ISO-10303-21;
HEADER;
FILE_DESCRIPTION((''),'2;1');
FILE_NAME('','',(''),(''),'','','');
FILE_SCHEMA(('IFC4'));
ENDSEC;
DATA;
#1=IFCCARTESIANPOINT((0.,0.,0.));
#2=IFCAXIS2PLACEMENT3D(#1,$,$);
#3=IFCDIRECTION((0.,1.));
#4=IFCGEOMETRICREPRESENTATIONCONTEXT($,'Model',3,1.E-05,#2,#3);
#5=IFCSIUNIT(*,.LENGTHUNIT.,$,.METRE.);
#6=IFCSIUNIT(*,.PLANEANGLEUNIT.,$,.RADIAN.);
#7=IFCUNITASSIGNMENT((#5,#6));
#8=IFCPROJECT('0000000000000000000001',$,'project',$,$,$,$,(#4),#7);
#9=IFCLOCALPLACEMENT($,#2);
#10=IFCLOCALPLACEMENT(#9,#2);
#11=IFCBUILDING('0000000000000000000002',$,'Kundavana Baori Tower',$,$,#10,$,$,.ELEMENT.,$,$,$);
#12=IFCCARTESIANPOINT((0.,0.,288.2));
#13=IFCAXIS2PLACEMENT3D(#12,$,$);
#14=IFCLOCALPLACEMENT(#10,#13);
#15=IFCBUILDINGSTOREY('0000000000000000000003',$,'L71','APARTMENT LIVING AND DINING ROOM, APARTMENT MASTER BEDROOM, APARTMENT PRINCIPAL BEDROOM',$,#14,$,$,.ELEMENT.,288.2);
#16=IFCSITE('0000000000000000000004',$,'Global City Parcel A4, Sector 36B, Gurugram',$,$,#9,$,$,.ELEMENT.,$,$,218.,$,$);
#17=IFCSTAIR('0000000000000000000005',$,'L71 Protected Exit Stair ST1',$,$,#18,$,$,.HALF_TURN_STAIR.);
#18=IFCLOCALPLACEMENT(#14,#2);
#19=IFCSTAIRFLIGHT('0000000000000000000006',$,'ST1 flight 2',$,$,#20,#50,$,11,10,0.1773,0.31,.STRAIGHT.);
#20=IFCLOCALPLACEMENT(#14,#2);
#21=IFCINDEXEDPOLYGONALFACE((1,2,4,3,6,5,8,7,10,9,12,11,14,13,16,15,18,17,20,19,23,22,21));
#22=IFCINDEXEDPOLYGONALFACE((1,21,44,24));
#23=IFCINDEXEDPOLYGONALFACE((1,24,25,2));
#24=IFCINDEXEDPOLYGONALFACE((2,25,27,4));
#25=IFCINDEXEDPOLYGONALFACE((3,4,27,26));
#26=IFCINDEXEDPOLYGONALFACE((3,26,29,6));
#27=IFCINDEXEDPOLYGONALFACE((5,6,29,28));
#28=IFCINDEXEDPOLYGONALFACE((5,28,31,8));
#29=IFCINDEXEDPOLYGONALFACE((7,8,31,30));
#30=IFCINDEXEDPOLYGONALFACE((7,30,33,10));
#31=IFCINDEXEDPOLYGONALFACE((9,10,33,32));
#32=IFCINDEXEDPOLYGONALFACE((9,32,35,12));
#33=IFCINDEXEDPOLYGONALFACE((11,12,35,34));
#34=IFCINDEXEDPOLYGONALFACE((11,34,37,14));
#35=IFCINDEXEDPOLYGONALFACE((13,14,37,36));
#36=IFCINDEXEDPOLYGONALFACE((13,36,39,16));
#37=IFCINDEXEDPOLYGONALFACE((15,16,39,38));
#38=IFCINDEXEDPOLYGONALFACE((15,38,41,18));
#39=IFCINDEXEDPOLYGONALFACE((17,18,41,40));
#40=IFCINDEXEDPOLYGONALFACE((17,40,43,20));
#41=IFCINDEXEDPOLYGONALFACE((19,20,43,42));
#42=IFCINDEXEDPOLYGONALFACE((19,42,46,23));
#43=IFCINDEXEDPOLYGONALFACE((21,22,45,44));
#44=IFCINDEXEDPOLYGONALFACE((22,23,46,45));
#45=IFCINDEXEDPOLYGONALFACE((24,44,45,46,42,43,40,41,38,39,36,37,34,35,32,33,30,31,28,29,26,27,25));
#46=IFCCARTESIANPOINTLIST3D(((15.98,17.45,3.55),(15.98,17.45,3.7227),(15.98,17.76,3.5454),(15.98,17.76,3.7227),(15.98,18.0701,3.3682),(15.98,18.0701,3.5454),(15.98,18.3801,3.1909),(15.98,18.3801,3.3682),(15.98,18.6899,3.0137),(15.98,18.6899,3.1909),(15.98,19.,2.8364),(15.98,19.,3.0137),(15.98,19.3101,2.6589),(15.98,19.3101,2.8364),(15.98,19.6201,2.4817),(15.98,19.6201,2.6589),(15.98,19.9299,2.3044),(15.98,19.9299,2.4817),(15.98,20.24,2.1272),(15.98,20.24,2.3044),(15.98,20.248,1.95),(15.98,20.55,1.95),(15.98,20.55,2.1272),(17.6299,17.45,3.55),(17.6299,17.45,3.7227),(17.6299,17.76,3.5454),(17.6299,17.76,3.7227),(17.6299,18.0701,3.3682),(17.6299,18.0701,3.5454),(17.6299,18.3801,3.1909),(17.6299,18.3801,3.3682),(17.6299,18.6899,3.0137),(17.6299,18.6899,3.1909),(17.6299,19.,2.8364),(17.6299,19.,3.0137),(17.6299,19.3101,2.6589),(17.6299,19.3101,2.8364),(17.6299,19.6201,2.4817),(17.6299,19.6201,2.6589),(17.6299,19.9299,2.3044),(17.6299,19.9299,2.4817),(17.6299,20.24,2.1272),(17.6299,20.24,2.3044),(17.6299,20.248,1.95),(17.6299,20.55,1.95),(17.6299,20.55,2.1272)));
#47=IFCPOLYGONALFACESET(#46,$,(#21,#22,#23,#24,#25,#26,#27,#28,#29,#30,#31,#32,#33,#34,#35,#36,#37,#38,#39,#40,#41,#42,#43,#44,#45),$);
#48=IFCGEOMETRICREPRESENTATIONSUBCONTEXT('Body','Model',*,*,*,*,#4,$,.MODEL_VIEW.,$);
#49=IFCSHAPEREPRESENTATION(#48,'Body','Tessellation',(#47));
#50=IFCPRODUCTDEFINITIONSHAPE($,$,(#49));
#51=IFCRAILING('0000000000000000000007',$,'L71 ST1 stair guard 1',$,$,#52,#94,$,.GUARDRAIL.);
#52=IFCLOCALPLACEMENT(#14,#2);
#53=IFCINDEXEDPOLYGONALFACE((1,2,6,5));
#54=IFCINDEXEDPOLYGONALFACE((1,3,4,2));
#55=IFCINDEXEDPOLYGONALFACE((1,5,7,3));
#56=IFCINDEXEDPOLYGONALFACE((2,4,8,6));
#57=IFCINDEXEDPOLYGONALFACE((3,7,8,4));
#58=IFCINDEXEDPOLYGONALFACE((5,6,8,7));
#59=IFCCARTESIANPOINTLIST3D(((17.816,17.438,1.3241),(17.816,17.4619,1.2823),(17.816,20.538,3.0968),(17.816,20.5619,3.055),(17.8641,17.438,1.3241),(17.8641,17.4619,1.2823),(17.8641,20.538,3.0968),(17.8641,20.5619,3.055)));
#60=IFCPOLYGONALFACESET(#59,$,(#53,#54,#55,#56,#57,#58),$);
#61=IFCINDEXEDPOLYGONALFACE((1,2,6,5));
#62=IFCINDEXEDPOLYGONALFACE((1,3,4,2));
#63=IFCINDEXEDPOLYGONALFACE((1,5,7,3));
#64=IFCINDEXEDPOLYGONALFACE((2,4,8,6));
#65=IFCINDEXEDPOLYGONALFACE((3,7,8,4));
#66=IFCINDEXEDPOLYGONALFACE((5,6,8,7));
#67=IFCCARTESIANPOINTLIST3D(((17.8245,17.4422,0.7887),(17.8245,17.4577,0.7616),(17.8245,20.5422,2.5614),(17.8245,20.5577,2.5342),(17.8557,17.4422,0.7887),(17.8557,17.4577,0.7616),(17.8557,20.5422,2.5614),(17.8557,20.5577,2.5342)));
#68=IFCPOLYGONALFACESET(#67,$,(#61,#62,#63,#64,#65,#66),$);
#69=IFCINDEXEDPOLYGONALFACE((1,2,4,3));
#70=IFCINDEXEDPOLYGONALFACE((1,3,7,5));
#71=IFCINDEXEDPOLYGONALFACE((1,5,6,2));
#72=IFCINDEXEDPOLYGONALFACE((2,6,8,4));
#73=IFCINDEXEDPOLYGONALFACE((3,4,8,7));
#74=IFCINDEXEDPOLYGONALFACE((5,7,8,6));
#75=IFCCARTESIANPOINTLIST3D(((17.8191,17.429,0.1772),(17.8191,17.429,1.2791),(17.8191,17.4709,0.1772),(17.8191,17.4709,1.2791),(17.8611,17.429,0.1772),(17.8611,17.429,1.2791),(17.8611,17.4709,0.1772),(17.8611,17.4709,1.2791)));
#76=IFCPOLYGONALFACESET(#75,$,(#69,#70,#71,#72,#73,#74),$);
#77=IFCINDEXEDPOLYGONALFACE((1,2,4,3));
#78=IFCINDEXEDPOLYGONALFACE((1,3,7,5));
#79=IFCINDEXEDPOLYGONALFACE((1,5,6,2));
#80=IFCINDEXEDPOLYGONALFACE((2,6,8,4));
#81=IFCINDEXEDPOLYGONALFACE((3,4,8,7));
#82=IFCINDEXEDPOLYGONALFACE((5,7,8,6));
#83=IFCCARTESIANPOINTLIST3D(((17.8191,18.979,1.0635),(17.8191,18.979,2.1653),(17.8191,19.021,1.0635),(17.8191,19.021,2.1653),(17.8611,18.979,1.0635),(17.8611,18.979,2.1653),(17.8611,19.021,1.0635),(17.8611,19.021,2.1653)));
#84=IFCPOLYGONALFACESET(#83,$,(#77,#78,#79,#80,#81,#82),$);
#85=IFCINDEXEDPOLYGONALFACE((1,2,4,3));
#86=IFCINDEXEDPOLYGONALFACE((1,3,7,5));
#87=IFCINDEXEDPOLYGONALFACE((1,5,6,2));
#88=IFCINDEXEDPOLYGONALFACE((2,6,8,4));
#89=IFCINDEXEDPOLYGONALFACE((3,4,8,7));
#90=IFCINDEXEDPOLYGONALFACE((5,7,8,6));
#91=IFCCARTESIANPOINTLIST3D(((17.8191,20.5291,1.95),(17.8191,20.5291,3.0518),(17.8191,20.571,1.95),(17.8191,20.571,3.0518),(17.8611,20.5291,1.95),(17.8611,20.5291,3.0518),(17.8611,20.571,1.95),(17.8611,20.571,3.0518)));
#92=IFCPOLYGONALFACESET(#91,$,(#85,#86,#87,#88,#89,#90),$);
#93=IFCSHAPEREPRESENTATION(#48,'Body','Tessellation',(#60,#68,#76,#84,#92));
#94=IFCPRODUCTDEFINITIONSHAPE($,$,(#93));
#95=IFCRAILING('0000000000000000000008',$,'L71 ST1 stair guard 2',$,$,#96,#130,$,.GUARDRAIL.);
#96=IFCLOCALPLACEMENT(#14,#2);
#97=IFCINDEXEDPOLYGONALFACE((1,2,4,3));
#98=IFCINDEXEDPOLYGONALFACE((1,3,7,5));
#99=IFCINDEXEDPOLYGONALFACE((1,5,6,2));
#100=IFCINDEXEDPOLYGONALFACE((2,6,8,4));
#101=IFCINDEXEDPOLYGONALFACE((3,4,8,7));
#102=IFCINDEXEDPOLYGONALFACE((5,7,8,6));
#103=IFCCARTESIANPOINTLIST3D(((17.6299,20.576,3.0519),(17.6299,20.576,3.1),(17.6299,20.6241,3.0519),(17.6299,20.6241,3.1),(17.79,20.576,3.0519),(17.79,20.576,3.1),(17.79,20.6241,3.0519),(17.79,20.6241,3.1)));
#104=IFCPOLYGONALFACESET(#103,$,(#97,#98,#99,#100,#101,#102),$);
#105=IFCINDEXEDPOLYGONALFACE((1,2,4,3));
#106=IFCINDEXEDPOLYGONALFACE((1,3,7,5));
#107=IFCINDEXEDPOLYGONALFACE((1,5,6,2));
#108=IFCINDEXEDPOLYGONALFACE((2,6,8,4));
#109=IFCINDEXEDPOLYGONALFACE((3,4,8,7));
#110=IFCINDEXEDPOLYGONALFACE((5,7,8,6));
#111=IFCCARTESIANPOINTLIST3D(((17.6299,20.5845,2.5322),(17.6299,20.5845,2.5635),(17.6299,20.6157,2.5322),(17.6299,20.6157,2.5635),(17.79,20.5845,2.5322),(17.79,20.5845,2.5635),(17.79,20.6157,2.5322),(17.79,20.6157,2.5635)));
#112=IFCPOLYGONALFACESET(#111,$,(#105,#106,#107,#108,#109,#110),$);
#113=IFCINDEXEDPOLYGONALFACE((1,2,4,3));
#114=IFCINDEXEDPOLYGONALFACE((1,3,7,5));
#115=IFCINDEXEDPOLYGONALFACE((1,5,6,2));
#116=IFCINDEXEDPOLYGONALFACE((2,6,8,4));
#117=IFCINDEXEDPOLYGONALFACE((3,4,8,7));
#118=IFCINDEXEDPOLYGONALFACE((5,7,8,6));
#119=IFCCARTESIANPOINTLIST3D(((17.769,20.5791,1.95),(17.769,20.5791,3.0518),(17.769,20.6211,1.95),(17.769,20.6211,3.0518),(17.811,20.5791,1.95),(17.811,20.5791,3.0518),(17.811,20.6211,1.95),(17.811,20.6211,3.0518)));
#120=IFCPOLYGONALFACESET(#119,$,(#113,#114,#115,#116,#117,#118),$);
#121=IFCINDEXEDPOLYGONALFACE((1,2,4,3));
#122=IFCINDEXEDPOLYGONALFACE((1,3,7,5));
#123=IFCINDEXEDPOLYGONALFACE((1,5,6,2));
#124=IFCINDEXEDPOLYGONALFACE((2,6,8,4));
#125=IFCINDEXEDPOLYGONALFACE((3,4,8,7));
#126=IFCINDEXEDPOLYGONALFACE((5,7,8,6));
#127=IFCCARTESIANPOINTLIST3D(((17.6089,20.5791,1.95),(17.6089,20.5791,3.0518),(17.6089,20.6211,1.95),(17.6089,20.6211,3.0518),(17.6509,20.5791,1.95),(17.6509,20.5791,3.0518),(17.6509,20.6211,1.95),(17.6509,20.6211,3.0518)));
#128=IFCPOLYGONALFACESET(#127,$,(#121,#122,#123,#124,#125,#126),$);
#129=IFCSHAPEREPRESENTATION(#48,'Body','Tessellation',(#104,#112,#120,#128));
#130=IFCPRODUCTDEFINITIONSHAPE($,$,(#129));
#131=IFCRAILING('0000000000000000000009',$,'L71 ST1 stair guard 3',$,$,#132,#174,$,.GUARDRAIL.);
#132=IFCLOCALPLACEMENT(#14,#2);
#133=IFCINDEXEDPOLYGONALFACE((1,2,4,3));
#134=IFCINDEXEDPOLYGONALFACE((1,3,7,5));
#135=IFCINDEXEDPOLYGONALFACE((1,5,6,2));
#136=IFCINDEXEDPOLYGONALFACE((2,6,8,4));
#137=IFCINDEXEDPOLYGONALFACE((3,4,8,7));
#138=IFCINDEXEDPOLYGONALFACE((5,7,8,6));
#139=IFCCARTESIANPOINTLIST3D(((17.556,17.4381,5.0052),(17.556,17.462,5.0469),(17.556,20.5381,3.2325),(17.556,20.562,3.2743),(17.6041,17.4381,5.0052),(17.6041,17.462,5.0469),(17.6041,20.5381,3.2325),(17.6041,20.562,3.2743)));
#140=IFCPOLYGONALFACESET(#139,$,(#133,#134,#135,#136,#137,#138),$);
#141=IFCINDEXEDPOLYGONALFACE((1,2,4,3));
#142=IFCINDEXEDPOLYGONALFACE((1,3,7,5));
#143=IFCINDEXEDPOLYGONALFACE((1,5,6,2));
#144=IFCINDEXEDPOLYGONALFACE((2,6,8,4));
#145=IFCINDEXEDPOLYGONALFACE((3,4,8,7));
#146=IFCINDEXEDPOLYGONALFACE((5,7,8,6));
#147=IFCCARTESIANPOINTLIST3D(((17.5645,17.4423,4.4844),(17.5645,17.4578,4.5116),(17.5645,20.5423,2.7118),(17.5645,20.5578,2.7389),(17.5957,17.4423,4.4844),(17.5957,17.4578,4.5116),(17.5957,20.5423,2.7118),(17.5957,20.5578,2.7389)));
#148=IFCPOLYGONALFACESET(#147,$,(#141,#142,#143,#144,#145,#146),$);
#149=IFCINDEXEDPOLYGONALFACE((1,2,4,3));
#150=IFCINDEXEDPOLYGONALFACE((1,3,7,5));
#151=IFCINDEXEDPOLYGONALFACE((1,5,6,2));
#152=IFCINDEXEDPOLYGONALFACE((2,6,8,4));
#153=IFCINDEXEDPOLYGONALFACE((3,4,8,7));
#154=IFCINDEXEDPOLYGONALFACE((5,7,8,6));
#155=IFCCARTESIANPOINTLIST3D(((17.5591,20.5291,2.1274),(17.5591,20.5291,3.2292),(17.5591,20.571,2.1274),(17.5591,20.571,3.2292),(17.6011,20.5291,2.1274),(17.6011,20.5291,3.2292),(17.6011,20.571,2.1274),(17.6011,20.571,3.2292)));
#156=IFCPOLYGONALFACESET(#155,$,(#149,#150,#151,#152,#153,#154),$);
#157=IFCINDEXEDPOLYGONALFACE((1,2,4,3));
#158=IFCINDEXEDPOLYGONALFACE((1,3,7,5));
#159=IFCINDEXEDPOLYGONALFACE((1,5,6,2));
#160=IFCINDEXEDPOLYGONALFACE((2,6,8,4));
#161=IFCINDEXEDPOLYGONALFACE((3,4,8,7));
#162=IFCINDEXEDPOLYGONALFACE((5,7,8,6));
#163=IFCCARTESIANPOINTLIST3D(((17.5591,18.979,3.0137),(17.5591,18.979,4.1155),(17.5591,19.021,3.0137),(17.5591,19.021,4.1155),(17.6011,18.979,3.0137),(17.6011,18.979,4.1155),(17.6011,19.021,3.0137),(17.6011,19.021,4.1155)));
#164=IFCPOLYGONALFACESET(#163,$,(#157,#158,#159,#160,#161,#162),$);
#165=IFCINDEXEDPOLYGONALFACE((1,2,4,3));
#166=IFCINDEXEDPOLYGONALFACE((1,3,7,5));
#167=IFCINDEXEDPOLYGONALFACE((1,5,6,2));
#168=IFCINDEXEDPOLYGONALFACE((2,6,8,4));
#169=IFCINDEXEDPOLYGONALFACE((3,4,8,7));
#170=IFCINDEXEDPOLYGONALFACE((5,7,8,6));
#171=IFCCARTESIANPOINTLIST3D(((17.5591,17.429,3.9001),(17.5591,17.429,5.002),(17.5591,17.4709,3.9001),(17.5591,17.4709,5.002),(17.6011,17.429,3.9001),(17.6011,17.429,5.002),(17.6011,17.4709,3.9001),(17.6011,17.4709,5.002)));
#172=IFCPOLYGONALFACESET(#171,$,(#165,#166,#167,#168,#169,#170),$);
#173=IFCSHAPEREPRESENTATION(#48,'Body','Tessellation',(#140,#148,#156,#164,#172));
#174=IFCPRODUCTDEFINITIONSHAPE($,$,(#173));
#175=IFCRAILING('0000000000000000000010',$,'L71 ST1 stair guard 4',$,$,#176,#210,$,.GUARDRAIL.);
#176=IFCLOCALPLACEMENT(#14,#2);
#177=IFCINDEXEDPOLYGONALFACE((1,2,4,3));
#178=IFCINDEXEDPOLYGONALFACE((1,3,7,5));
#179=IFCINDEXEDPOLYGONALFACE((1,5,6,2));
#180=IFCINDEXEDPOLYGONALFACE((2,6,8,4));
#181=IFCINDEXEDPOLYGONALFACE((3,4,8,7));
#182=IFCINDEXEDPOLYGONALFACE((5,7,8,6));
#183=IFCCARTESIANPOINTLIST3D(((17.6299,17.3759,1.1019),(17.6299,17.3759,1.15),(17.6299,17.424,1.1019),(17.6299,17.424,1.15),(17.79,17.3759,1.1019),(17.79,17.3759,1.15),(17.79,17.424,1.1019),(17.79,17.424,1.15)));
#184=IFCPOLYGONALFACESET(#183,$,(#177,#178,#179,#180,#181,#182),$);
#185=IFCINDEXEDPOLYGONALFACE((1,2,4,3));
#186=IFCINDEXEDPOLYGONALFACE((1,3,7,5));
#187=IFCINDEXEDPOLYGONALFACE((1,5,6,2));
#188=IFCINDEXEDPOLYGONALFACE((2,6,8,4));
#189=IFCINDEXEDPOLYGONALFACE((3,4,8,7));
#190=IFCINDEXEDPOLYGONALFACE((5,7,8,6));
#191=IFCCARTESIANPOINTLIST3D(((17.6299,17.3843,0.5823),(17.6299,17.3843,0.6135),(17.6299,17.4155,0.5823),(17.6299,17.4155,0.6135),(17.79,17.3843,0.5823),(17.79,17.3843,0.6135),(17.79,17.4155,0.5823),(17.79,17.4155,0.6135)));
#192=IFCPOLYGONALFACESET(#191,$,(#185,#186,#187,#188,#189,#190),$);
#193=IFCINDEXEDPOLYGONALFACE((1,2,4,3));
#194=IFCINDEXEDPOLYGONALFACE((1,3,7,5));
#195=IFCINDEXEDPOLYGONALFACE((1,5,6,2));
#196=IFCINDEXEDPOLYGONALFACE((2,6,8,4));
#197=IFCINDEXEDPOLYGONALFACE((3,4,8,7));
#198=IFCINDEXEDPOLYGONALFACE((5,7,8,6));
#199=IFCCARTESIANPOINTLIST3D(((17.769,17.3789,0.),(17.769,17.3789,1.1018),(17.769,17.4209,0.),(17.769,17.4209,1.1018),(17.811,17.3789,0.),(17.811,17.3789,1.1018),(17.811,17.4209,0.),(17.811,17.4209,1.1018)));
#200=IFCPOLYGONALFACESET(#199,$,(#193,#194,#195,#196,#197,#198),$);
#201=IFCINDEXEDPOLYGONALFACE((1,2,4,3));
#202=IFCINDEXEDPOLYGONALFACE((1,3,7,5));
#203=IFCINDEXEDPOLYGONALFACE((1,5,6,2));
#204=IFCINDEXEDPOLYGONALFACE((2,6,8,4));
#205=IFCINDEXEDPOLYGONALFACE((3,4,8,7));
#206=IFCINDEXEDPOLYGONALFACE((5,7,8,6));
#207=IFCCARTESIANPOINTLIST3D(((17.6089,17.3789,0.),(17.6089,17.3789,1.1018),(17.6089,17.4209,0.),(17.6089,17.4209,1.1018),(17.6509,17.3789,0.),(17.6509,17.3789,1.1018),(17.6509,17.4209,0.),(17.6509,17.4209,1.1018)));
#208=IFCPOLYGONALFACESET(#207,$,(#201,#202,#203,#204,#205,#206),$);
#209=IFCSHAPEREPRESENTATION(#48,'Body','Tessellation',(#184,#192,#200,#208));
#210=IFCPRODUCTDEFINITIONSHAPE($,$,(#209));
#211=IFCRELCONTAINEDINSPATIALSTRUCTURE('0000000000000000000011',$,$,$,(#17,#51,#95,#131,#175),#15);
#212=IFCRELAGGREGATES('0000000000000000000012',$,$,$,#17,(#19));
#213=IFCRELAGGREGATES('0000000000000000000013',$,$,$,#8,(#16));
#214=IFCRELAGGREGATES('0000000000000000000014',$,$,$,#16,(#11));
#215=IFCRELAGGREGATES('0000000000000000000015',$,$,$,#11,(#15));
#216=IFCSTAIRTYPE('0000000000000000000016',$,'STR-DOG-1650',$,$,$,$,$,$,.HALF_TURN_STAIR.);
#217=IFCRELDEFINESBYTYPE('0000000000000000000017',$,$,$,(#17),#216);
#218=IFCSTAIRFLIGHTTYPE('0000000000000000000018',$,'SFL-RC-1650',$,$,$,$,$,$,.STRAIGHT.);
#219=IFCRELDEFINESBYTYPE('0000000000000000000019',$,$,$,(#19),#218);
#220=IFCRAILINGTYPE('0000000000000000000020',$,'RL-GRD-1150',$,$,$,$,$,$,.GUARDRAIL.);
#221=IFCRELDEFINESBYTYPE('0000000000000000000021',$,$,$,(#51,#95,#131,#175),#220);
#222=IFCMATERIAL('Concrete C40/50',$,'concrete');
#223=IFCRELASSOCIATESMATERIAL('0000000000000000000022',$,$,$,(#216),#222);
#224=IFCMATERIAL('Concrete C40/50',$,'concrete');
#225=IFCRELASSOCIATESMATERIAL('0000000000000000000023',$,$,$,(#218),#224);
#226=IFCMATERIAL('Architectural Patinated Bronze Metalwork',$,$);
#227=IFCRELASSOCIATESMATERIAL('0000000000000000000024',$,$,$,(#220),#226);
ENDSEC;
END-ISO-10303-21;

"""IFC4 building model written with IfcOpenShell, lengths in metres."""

from ifc_helpers import new_model, si_unit, direction, frame, origin, origin_2d, place, context, subcontext, project, spatial, polyline, rectangle, outline, extrude, material, type_object, element, aggregate, save


model = new_model("IFC4")

# Units and contexts
model_context = context("Model", 3, precision=1e-05, world=origin(), true_north=direction((0.0, 1.0)))
body_context = subcontext(model_context, "Body", "Model", "MODEL_VIEW")
ifc_project = project(units=[si_unit("LENGTHUNIT", "METRE"), si_unit("PLANEANGLEUNIT", "RADIAN")], contexts=[model_context])

# Site, building, storey
site_placement = place(None, origin())
site = spatial("IfcSite", under=ifc_project, at=site_placement, Name="Global City Parcel A4, Sector 36B, Gurugram", CompositionType="ELEMENT", RefElevation=218.0)
building_placement = place(site_placement, origin())
building = spatial("IfcBuilding", under=site, at=building_placement, Name="Kundavana Baori Tower", CompositionType="ELEMENT")
storey_placement = place(building_placement, frame((0.0, 0.0, 288.2)))
storey = spatial("IfcBuildingStorey", under=building, at=storey_placement, Name="L71", Description="APARTMENT LIVING AND DINING ROOM, APARTMENT MASTER BEDROOM, APARTMENT PRINCIPAL BEDROOM", CompositionType="ELEMENT", Elevation=288.2)

# Stair, stair flight
ifc_material_1 = material(Name="Concrete C40/50", Category="concrete")
stair_type = type_object("IfcStairType", Name="STR-DOG-1650", PredefinedType="HALF_TURN_STAIR", material=ifc_material_1)
stair_placement = place(storey_placement, origin())
stair = element("IfcStair", 1, at=stair_placement, inside=storey, type_object=stair_type, Name="L71 Protected Exit Stair ST1", PredefinedType="HALF_TURN_STAIR")
ifc_material_2 = material(Name="Concrete C40/50", Category="concrete")
stair_flight_type = type_object("IfcStairFlightType", Name="SFL-RC-1650", PredefinedType="STRAIGHT", material=ifc_material_2)
stair_flight_1_placement = place(storey_placement, frame((16.8049, 20.55, 1.95), z_axis=(0.0, 0.0, 1.0), x_axis=(0.0, -1.0, 0.0)))
stair_flight_1 = element("IfcStairFlight", 2, at=stair_flight_1_placement, type_object=stair_flight_type, Name="ST1 flight 2", NumberOfRisers=11, NumberOfTreads=10, PredefinedType="STRAIGHT", RiserHeight=0.1773, TreadLength=0.31, context=body_context, shape_type="SweptSolid", body=[
    extrude(outline(polyline([(0.0, 0.0), (0.0, 0.1772), (0.3101, 0.1772), (0.3101, 0.3545), (0.6201, 0.3545), (0.6201, 0.5317), (0.9299, 0.5317), (0.9299, 0.709), (1.24, 0.709), (1.24, 0.8865), (1.55, 0.8865), (1.55, 1.0637), (1.8601, 1.0637), (1.8601, 1.241), (2.1699, 1.241), (2.1699, 1.4182), (2.48, 1.4182), (2.48, 1.5955), (2.79, 1.5955), (2.79, 1.7727), (3.1001, 1.7727), (3.1001, 1.95), (3.1001, 1.6001), (0.302, 0.0), (0.0, 0.0)])), frame((0.0, 0.825, 0.0), z_axis=(0.0, -1.0, 0.0), x_axis=(1.0, 0.0, 0.0)), (0.0, 0.0, 1.0), 1.6499),
])
aggregate(stair, [stair_flight_1])

# Railings
ifc_material_3 = material(Name="Architectural Patinated Bronze Metalwork")
railing_type_1 = type_object("IfcRailingType", Name="RL-GRD-1150", PredefinedType="GUARDRAIL", material=ifc_material_3)
railing_1_placement = place(storey_placement, frame((17.8401, 17.45, 0.1772)))
element("IfcRailing", 3, at=railing_1_placement, inside=storey, type_object=railing_type_1, Name="L71 ST1 stair guard 1", PredefinedType="GUARDRAIL", context=body_context, shape_type="SweptSolid", body=[
    extrude(rectangle(XDim=0.0481, YDim=0.0481, at=origin_2d()), frame((0.0, 0.0, 1.126), z_axis=(0.0, 0.868096, 0.496397), x_axis=(-1.0, 0.0, 0.0)), (0.0, 0.0, 1.0), 3.571),
    extrude(rectangle(XDim=0.0312, YDim=0.0312, at=origin_2d()), frame((0.0, 0.0, 0.5979), z_axis=(0.0, 0.868096, 0.496397), x_axis=(-1.0, 0.0, 0.0)), (0.0, 0.0, 1.0), 3.571),
    extrude(rectangle(XDim=0.042, YDim=0.042, at=origin_2d()), origin(), (0.0, 0.0, 1.0), 1.1018),
    extrude(rectangle(XDim=0.042, YDim=0.042, at=origin_2d()), frame((0.0, 1.55, 0.8862)), (0.0, 0.0, 1.0), 1.1018),
    extrude(rectangle(XDim=0.042, YDim=0.042, at=origin_2d()), frame((0.0, 3.1001, 1.7727)), (0.0, 0.0, 1.0), 1.1018),
])
railing_2_placement = place(storey_placement, frame((17.79, 20.6001, 1.95)))
element("IfcRailing", 4, at=railing_2_placement, inside=storey, type_object=railing_type_1, Name="L71 ST1 stair guard 2", PredefinedType="GUARDRAIL", context=body_context, shape_type="SweptSolid", body=[
    extrude(rectangle(XDim=0.0481, YDim=0.0481, at=origin_2d()), frame((0.0, 0.0, 1.126), z_axis=(-1.0, 0.0, 0.0), x_axis=(0.0, -1.0, 0.0)), (0.0, 0.0, 1.0), 0.1602),
    extrude(rectangle(XDim=0.0312, YDim=0.0312, at=origin_2d()), frame((0.0, 0.0, 0.5979), z_axis=(-1.0, 0.0, 0.0), x_axis=(0.0, -1.0, 0.0)), (0.0, 0.0, 1.0), 0.1602),
    extrude(rectangle(XDim=0.042, YDim=0.042, at=origin_2d()), origin(), (0.0, 0.0, 1.0), 1.1018),
    extrude(rectangle(XDim=0.042, YDim=0.042, at=origin_2d()), frame((-0.1602, 0.0, 0.0)), (0.0, 0.0, 1.0), 1.1018),
])
railing_3_placement = place(storey_placement, frame((17.5801, 20.55, 2.1274)))
element("IfcRailing", 5, at=railing_3_placement, inside=storey, type_object=railing_type_1, Name="L71 ST1 stair guard 3", PredefinedType="GUARDRAIL", context=body_context, shape_type="SweptSolid", body=[
    extrude(rectangle(XDim=0.0481, YDim=0.0481, at=origin_2d()), frame((0.0, 0.0, 1.126), z_axis=(0.0, -0.868096, 0.496397), x_axis=(1.0, 0.0, 0.0)), (0.0, 0.0, 1.0), 3.571),
    extrude(rectangle(XDim=0.0312, YDim=0.0312, at=origin_2d()), frame((0.0, 0.0, 0.5979), z_axis=(0.0, -0.868096, 0.496397), x_axis=(1.0, 0.0, 0.0)), (0.0, 0.0, 1.0), 3.571),
    extrude(rectangle(XDim=0.042, YDim=0.042, at=origin_2d()), origin(), (0.0, 0.0, 1.0), 1.1018),
    extrude(rectangle(XDim=0.042, YDim=0.042, at=origin_2d()), frame((0.0, -1.55, 0.8862)), (0.0, 0.0, 1.0), 1.1018),
    extrude(rectangle(XDim=0.042, YDim=0.042, at=origin_2d()), frame((0.0, -3.1001, 1.7727)), (0.0, 0.0, 1.0), 1.1018),
])
railing_4_placement = place(storey_placement, frame((17.79, 17.3999, 0.0)))
element("IfcRailing", 6, at=railing_4_placement, inside=storey, type_object=railing_type_1, Name="L71 ST1 stair guard 4", PredefinedType="GUARDRAIL", context=body_context, shape_type="SweptSolid", body=[
    extrude(rectangle(XDim=0.0481, YDim=0.0481, at=origin_2d()), frame((0.0, 0.0, 1.126), z_axis=(-1.0, 0.0, 0.0), x_axis=(0.0, -1.0, 0.0)), (0.0, 0.0, 1.0), 0.1602),
    extrude(rectangle(XDim=0.0312, YDim=0.0312, at=origin_2d()), frame((0.0, 0.0, 0.5979), z_axis=(-1.0, 0.0, 0.0), x_axis=(0.0, -1.0, 0.0)), (0.0, 0.0, 1.0), 0.1602),
    extrude(rectangle(XDim=0.042, YDim=0.042, at=origin_2d()), origin(), (0.0, 0.0, 1.0), 1.1018),
    extrude(rectangle(XDim=0.042, YDim=0.042, at=origin_2d()), frame((-0.1602, 0.0, 0.0)), (0.0, 0.0, 1.0), 1.1018),
])

save(model, "model.ifc")
